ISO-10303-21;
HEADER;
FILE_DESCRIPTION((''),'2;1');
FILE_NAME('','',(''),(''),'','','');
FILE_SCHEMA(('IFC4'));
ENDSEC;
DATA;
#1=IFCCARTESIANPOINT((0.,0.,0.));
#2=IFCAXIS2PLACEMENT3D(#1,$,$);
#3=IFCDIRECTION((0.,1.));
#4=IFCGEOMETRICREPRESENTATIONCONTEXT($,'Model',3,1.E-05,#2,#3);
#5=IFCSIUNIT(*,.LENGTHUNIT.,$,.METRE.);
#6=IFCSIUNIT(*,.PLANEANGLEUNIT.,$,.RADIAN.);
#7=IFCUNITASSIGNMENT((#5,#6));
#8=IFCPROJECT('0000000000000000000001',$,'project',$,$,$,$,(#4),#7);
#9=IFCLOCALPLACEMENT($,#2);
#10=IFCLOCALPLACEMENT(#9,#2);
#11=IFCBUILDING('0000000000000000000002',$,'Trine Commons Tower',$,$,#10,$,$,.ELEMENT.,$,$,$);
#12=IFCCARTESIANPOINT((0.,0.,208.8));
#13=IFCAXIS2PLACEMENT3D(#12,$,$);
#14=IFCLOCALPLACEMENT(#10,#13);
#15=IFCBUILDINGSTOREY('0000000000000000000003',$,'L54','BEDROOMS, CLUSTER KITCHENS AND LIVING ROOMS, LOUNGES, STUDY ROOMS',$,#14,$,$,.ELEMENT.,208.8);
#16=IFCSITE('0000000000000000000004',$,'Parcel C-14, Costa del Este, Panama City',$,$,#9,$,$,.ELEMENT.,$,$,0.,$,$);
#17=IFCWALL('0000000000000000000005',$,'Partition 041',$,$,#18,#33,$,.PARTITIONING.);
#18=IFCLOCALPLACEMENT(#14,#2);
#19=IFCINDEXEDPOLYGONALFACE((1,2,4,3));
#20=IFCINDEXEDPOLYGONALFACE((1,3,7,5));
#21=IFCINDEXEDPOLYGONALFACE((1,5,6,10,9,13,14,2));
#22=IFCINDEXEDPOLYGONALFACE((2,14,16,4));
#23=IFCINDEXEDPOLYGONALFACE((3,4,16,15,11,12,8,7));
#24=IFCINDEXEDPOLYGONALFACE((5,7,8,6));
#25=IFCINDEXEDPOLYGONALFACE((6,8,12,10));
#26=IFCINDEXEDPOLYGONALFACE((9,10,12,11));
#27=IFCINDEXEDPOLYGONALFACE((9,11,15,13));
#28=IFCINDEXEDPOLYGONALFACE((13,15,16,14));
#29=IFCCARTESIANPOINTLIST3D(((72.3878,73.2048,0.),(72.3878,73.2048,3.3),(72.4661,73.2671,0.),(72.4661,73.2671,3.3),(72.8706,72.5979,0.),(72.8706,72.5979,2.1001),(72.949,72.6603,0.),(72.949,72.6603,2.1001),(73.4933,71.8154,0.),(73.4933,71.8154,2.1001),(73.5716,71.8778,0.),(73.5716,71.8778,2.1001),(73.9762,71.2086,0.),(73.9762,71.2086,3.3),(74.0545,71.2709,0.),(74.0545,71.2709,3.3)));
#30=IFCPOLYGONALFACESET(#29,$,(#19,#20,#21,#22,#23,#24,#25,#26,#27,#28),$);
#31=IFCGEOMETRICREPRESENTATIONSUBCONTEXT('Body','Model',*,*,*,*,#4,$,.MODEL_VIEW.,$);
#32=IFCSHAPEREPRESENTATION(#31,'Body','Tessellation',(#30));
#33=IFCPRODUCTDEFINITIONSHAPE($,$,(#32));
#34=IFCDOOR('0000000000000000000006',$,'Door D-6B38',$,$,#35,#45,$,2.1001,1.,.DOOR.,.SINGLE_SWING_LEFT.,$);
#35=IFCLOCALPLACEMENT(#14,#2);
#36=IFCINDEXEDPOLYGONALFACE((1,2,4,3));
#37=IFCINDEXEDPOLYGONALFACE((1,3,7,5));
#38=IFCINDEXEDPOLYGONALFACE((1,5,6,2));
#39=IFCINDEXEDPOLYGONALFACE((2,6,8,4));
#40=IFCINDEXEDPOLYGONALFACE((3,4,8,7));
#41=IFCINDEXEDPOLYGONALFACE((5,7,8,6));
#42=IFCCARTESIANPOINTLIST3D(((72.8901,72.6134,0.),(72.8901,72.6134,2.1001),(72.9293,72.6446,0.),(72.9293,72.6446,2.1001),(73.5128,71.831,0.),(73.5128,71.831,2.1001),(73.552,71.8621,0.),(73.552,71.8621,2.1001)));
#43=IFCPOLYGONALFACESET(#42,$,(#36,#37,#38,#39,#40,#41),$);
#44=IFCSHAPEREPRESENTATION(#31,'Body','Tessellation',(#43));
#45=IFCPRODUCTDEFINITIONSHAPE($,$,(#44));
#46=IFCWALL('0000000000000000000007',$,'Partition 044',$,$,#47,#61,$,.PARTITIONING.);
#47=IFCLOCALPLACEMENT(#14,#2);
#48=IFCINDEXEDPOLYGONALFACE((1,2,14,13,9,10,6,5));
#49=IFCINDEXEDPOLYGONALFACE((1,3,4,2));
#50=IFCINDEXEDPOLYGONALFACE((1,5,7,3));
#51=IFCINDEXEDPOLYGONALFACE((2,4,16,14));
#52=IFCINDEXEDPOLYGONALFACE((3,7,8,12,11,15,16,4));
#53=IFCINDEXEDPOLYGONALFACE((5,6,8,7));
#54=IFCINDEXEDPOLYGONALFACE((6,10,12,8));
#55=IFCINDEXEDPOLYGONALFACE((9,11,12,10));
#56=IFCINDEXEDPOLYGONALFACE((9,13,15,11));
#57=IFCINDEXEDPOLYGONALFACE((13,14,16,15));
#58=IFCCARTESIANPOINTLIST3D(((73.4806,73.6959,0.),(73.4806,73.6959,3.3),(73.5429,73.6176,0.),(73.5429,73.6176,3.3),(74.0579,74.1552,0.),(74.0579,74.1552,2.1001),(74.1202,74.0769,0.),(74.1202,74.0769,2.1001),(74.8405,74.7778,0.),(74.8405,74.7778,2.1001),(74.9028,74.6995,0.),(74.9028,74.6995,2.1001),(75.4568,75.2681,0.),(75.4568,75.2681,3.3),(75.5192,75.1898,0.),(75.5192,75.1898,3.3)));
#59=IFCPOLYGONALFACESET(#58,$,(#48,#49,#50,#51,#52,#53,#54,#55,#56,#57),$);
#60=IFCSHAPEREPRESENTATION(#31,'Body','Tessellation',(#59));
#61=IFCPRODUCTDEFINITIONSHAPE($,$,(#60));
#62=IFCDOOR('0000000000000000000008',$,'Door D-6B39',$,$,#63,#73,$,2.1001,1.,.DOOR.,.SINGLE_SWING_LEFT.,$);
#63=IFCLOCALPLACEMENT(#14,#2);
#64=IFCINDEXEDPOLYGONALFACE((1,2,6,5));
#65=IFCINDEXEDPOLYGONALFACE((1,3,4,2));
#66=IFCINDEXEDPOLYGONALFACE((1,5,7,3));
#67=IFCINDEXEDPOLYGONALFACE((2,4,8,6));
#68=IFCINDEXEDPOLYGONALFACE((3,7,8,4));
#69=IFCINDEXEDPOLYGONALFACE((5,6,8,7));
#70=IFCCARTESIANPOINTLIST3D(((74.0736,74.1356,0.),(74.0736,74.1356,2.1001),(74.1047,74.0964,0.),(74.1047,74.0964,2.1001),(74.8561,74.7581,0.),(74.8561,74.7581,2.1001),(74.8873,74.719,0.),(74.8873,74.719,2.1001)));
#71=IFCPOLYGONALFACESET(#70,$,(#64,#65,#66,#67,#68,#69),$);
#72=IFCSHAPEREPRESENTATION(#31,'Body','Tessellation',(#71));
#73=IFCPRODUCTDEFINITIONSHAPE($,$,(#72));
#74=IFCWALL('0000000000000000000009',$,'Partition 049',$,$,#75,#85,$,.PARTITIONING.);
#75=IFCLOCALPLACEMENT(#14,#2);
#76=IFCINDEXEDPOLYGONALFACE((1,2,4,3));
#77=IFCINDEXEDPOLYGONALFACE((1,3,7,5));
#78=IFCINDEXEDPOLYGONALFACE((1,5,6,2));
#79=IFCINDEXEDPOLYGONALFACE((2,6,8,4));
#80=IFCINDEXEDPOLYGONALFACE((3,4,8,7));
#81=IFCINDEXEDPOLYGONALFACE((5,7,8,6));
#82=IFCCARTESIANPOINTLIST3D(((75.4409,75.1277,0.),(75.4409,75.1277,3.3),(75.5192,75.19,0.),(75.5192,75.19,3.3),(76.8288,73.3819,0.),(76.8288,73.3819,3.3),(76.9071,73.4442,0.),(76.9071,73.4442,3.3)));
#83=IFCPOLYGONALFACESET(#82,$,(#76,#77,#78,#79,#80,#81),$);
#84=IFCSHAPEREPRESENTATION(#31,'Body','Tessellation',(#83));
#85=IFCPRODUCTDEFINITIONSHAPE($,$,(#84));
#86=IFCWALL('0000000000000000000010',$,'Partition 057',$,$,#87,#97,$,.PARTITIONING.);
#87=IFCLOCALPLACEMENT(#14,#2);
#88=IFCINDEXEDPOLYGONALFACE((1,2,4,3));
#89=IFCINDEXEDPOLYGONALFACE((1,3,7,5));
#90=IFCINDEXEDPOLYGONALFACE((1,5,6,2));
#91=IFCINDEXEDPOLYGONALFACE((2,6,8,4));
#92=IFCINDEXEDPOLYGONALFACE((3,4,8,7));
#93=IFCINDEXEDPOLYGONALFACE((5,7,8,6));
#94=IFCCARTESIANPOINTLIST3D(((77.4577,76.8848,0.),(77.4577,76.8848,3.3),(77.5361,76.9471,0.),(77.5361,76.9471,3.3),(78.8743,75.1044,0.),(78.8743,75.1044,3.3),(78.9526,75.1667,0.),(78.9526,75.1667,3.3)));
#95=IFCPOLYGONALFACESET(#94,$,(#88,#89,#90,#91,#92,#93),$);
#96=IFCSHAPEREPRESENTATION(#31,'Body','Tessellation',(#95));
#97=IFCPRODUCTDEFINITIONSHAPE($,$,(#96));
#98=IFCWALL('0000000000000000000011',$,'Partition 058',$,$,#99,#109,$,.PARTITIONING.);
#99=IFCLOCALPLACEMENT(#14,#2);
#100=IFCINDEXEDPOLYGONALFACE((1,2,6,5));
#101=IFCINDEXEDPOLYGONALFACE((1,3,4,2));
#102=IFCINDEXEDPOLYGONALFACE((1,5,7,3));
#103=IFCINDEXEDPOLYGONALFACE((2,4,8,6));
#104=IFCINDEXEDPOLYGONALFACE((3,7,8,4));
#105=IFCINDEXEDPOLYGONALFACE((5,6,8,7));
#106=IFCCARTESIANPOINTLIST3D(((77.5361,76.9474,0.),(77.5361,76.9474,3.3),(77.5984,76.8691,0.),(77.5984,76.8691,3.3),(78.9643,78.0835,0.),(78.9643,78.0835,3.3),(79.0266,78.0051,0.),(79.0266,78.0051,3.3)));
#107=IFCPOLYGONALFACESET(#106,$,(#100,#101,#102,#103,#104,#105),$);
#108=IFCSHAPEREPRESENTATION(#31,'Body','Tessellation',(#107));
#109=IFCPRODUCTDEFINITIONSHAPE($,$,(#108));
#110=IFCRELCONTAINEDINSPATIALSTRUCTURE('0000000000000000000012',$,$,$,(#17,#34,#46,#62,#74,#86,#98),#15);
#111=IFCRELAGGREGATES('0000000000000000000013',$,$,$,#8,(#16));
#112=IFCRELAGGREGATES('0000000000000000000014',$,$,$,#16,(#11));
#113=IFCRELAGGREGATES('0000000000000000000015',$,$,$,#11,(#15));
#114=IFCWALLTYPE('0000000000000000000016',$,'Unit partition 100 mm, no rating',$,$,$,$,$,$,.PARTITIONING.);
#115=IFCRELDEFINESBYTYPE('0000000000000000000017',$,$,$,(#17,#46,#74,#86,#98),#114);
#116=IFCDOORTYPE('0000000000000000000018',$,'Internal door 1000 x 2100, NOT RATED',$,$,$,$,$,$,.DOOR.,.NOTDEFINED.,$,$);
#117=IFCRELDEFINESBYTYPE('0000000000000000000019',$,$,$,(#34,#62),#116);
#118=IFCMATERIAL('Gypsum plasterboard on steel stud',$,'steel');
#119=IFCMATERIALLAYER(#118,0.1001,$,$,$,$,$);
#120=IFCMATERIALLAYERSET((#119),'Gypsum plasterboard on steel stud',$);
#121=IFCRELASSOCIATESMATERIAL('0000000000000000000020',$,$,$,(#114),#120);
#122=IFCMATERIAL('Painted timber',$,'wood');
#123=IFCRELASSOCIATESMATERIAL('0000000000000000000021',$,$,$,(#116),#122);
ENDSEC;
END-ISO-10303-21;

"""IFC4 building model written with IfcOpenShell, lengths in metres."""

from ifc_helpers import new_model, si_unit, direction, frame, frame_2d, origin, place, context, subcontext, project, spatial, rectangle, extrude, material, layer, layer_set, type_object, element, fill, save


model = new_model("IFC4")

# Units and contexts
model_context = context("Model", 3, precision=1e-05, world=origin(), true_north=direction((0.0, 1.0)))
body_context = subcontext(model_context, "Body", "Model", "MODEL_VIEW")
ifc_project = project(units=[si_unit("LENGTHUNIT", "METRE"), si_unit("PLANEANGLEUNIT", "RADIAN")], contexts=[model_context])

# Site, building, storey
site_placement = place(None, origin())
site = spatial("IfcSite", under=ifc_project, at=site_placement, Name="Parcel C-14, Costa del Este, Panama City", CompositionType="ELEMENT", RefElevation=0.0)
building_placement = place(site_placement, origin())
building = spatial("IfcBuilding", under=site, at=building_placement, Name="Trine Commons Tower", CompositionType="ELEMENT")
storey_placement = place(building_placement, frame((0.0, 0.0, 208.8)))
storey = spatial("IfcBuildingStorey", under=building, at=storey_placement, Name="L54", Description="BEDROOMS, CLUSTER KITCHENS AND LIVING ROOMS, LOUNGES, STUDY ROOMS", CompositionType="ELEMENT", Elevation=208.8)

# Shared definitions
ifc_material_1 = material(Name="Gypsum plasterboard on steel stud", Category="steel")

# Shared definitions
ifc_material_2 = material(Name="Painted timber", Category="wood")

# Walls, openings, doors
ifc_layer_1 = layer(ifc_material_1, 0.1001)
ifc_layer_set_1 = layer_set([ifc_layer_1], Name="Gypsum plasterboard on steel stud")
wall_type_1 = type_object("IfcWallType", Name="Unit partition 100 mm, no rating", PredefinedType="PARTITIONING", material=ifc_layer_set_1)
wall_1_placement = place(storey_placement, frame((72.427, 73.2358, 0.0), z_axis=(0.0, 0.0, 1.0), x_axis=(0.622662, -0.782491, 0.0)))
wall_1 = element("IfcWall", 1, at=wall_1_placement, inside=storey, type_object=wall_type_1, Name="Partition 041", PredefinedType="PARTITIONING", context=body_context, shape_type="SweptSolid", body=[
    extrude(rectangle(XDim=2.551, YDim=0.1001, at=frame_2d((1.2754, 0.0))), origin(), (0.0, 0.0, 1.0), 3.3),
])
opening_1_placement = place(wall_1_placement, frame((0.7754, 0.0, 0.0)))
opening_1 = element("IfcOpeningElement", 2, at=opening_1_placement, cuts=wall_1, PredefinedType="OPENING", context=body_context, shape_type="SweptSolid", body=[
    extrude(rectangle(XDim=1.0, YDim=2.1001, at=frame_2d((0.5, 1.05))), frame((0.0, 0.0601, 0.0), z_axis=(0.0, -1.0, 0.0), x_axis=(1.0, 0.0, 0.0)), (0.0, 0.0, 1.0), 0.1201),
])
door_type_1 = type_object("IfcDoorType", Name="Internal door 1000 x 2100, NOT RATED", OperationType="NOTDEFINED", PredefinedType="DOOR", material=ifc_material_2)
door_1_placement = place(opening_1_placement, origin())
door_1 = element("IfcDoor", 3, at=door_1_placement, inside=storey, type_object=door_type_1, Name="Door D-6B38", OperationType="SINGLE_SWING_LEFT", OverallHeight=2.1001, OverallWidth=1.0, PredefinedType="DOOR", context=body_context, shape_type="SweptSolid", body=[
    extrude(rectangle(XDim=1.0, YDim=2.1001, at=frame_2d((0.5, 1.05))), frame((0.0, 0.0249, 0.0), z_axis=(0.0, -1.0, 0.0), x_axis=(1.0, 0.0, 0.0)), (0.0, 0.0, 1.0), 0.05),
])
fill(opening_1, door_1)
wall_2_placement = place(storey_placement, frame((73.5117, 73.6567, 0.0), z_axis=(0.0, 0.0, 1.0), x_axis=(0.782564, 0.622571, 0.0)))
wall_2 = element("IfcWall", 4, at=wall_2_placement, inside=storey, type_object=wall_type_1, Name="Partition 044", PredefinedType="PARTITIONING", context=body_context, shape_type="SweptSolid", body=[
    extrude(rectangle(XDim=2.5254, YDim=0.1001, at=frame_2d((1.2627, 0.0))), origin(), (0.0, 0.0, 1.0), 3.3),
])
opening_2_placement = place(wall_2_placement, frame((0.7378, 0.0, 0.0)))
opening_2 = element("IfcOpeningElement", 5, at=opening_2_placement, cuts=wall_2, PredefinedType="OPENING", context=body_context, shape_type="SweptSolid", body=[
    extrude(rectangle(XDim=1.0, YDim=2.1001, at=frame_2d((0.5, 1.05))), frame((0.0, 0.0601, 0.0), z_axis=(0.0, -1.0, 0.0), x_axis=(1.0, 0.0, 0.0)), (0.0, 0.0, 1.0), 0.1201),
])
door_2_placement = place(opening_2_placement, origin())
door_2 = element("IfcDoor", 6, at=door_2_placement, inside=storey, type_object=door_type_1, Name="Door D-6B39", OperationType="SINGLE_SWING_LEFT", OverallHeight=2.1001, OverallWidth=1.0, PredefinedType="DOOR", context=body_context, shape_type="SweptSolid", body=[
    extrude(rectangle(XDim=1.0, YDim=2.1001, at=frame_2d((0.5, 1.05))), frame((0.0, 0.0249, 0.0), z_axis=(0.0, -1.0, 0.0), x_axis=(1.0, 0.0, 0.0)), (0.0, 0.0, 1.0), 0.05),
])
fill(opening_2, door_2)

# Walls
wall_3_placement = place(storey_placement, frame((75.48, 75.1589, 0.0), z_axis=(0.0, 0.0, 1.0), x_axis=(0.622303, -0.782777, 0.0)))
element("IfcWall", 7, at=wall_3_placement, inside=storey, type_object=wall_type_1, Name="Partition 049", PredefinedType="PARTITIONING", context=body_context, shape_type="SweptSolid", body=[
    extrude(rectangle(XDim=2.2302, YDim=0.1001, at=frame_2d((1.1152, 0.0))), origin(), (0.0, 0.0, 1.0), 3.3),
])
wall_4_placement = place(storey_placement, frame((77.4968, 76.916, 0.0), z_axis=(0.0, 0.0, 1.0), x_axis=(0.622625, -0.78252, 0.0)))
element("IfcWall", 8, at=wall_4_placement, inside=storey, type_object=wall_type_1, Name="Partition 057", PredefinedType="PARTITIONING", context=body_context, shape_type="SweptSolid", body=[
    extrude(rectangle(XDim=2.2751, YDim=0.1001, at=frame_2d((1.1377, 0.0))), origin(), (0.0, 0.0, 1.0), 3.3),
])
wall_5_placement = place(storey_placement, frame((77.5671, 76.9082, 0.0), z_axis=(0.0, 0.0, 1.0), x_axis=(0.782628, 0.62249, 0.0)))
element("IfcWall", 9, at=wall_5_placement, inside=storey, type_object=wall_type_1, Name="Partition 058", PredefinedType="PARTITIONING", context=body_context, shape_type="SweptSolid", body=[
    extrude(rectangle(XDim=1.825, YDim=0.1001, at=frame_2d((0.9126, 0.0))), origin(), (0.0, 0.0, 1.0), 3.3),
])

save(model, "model.ifc")
